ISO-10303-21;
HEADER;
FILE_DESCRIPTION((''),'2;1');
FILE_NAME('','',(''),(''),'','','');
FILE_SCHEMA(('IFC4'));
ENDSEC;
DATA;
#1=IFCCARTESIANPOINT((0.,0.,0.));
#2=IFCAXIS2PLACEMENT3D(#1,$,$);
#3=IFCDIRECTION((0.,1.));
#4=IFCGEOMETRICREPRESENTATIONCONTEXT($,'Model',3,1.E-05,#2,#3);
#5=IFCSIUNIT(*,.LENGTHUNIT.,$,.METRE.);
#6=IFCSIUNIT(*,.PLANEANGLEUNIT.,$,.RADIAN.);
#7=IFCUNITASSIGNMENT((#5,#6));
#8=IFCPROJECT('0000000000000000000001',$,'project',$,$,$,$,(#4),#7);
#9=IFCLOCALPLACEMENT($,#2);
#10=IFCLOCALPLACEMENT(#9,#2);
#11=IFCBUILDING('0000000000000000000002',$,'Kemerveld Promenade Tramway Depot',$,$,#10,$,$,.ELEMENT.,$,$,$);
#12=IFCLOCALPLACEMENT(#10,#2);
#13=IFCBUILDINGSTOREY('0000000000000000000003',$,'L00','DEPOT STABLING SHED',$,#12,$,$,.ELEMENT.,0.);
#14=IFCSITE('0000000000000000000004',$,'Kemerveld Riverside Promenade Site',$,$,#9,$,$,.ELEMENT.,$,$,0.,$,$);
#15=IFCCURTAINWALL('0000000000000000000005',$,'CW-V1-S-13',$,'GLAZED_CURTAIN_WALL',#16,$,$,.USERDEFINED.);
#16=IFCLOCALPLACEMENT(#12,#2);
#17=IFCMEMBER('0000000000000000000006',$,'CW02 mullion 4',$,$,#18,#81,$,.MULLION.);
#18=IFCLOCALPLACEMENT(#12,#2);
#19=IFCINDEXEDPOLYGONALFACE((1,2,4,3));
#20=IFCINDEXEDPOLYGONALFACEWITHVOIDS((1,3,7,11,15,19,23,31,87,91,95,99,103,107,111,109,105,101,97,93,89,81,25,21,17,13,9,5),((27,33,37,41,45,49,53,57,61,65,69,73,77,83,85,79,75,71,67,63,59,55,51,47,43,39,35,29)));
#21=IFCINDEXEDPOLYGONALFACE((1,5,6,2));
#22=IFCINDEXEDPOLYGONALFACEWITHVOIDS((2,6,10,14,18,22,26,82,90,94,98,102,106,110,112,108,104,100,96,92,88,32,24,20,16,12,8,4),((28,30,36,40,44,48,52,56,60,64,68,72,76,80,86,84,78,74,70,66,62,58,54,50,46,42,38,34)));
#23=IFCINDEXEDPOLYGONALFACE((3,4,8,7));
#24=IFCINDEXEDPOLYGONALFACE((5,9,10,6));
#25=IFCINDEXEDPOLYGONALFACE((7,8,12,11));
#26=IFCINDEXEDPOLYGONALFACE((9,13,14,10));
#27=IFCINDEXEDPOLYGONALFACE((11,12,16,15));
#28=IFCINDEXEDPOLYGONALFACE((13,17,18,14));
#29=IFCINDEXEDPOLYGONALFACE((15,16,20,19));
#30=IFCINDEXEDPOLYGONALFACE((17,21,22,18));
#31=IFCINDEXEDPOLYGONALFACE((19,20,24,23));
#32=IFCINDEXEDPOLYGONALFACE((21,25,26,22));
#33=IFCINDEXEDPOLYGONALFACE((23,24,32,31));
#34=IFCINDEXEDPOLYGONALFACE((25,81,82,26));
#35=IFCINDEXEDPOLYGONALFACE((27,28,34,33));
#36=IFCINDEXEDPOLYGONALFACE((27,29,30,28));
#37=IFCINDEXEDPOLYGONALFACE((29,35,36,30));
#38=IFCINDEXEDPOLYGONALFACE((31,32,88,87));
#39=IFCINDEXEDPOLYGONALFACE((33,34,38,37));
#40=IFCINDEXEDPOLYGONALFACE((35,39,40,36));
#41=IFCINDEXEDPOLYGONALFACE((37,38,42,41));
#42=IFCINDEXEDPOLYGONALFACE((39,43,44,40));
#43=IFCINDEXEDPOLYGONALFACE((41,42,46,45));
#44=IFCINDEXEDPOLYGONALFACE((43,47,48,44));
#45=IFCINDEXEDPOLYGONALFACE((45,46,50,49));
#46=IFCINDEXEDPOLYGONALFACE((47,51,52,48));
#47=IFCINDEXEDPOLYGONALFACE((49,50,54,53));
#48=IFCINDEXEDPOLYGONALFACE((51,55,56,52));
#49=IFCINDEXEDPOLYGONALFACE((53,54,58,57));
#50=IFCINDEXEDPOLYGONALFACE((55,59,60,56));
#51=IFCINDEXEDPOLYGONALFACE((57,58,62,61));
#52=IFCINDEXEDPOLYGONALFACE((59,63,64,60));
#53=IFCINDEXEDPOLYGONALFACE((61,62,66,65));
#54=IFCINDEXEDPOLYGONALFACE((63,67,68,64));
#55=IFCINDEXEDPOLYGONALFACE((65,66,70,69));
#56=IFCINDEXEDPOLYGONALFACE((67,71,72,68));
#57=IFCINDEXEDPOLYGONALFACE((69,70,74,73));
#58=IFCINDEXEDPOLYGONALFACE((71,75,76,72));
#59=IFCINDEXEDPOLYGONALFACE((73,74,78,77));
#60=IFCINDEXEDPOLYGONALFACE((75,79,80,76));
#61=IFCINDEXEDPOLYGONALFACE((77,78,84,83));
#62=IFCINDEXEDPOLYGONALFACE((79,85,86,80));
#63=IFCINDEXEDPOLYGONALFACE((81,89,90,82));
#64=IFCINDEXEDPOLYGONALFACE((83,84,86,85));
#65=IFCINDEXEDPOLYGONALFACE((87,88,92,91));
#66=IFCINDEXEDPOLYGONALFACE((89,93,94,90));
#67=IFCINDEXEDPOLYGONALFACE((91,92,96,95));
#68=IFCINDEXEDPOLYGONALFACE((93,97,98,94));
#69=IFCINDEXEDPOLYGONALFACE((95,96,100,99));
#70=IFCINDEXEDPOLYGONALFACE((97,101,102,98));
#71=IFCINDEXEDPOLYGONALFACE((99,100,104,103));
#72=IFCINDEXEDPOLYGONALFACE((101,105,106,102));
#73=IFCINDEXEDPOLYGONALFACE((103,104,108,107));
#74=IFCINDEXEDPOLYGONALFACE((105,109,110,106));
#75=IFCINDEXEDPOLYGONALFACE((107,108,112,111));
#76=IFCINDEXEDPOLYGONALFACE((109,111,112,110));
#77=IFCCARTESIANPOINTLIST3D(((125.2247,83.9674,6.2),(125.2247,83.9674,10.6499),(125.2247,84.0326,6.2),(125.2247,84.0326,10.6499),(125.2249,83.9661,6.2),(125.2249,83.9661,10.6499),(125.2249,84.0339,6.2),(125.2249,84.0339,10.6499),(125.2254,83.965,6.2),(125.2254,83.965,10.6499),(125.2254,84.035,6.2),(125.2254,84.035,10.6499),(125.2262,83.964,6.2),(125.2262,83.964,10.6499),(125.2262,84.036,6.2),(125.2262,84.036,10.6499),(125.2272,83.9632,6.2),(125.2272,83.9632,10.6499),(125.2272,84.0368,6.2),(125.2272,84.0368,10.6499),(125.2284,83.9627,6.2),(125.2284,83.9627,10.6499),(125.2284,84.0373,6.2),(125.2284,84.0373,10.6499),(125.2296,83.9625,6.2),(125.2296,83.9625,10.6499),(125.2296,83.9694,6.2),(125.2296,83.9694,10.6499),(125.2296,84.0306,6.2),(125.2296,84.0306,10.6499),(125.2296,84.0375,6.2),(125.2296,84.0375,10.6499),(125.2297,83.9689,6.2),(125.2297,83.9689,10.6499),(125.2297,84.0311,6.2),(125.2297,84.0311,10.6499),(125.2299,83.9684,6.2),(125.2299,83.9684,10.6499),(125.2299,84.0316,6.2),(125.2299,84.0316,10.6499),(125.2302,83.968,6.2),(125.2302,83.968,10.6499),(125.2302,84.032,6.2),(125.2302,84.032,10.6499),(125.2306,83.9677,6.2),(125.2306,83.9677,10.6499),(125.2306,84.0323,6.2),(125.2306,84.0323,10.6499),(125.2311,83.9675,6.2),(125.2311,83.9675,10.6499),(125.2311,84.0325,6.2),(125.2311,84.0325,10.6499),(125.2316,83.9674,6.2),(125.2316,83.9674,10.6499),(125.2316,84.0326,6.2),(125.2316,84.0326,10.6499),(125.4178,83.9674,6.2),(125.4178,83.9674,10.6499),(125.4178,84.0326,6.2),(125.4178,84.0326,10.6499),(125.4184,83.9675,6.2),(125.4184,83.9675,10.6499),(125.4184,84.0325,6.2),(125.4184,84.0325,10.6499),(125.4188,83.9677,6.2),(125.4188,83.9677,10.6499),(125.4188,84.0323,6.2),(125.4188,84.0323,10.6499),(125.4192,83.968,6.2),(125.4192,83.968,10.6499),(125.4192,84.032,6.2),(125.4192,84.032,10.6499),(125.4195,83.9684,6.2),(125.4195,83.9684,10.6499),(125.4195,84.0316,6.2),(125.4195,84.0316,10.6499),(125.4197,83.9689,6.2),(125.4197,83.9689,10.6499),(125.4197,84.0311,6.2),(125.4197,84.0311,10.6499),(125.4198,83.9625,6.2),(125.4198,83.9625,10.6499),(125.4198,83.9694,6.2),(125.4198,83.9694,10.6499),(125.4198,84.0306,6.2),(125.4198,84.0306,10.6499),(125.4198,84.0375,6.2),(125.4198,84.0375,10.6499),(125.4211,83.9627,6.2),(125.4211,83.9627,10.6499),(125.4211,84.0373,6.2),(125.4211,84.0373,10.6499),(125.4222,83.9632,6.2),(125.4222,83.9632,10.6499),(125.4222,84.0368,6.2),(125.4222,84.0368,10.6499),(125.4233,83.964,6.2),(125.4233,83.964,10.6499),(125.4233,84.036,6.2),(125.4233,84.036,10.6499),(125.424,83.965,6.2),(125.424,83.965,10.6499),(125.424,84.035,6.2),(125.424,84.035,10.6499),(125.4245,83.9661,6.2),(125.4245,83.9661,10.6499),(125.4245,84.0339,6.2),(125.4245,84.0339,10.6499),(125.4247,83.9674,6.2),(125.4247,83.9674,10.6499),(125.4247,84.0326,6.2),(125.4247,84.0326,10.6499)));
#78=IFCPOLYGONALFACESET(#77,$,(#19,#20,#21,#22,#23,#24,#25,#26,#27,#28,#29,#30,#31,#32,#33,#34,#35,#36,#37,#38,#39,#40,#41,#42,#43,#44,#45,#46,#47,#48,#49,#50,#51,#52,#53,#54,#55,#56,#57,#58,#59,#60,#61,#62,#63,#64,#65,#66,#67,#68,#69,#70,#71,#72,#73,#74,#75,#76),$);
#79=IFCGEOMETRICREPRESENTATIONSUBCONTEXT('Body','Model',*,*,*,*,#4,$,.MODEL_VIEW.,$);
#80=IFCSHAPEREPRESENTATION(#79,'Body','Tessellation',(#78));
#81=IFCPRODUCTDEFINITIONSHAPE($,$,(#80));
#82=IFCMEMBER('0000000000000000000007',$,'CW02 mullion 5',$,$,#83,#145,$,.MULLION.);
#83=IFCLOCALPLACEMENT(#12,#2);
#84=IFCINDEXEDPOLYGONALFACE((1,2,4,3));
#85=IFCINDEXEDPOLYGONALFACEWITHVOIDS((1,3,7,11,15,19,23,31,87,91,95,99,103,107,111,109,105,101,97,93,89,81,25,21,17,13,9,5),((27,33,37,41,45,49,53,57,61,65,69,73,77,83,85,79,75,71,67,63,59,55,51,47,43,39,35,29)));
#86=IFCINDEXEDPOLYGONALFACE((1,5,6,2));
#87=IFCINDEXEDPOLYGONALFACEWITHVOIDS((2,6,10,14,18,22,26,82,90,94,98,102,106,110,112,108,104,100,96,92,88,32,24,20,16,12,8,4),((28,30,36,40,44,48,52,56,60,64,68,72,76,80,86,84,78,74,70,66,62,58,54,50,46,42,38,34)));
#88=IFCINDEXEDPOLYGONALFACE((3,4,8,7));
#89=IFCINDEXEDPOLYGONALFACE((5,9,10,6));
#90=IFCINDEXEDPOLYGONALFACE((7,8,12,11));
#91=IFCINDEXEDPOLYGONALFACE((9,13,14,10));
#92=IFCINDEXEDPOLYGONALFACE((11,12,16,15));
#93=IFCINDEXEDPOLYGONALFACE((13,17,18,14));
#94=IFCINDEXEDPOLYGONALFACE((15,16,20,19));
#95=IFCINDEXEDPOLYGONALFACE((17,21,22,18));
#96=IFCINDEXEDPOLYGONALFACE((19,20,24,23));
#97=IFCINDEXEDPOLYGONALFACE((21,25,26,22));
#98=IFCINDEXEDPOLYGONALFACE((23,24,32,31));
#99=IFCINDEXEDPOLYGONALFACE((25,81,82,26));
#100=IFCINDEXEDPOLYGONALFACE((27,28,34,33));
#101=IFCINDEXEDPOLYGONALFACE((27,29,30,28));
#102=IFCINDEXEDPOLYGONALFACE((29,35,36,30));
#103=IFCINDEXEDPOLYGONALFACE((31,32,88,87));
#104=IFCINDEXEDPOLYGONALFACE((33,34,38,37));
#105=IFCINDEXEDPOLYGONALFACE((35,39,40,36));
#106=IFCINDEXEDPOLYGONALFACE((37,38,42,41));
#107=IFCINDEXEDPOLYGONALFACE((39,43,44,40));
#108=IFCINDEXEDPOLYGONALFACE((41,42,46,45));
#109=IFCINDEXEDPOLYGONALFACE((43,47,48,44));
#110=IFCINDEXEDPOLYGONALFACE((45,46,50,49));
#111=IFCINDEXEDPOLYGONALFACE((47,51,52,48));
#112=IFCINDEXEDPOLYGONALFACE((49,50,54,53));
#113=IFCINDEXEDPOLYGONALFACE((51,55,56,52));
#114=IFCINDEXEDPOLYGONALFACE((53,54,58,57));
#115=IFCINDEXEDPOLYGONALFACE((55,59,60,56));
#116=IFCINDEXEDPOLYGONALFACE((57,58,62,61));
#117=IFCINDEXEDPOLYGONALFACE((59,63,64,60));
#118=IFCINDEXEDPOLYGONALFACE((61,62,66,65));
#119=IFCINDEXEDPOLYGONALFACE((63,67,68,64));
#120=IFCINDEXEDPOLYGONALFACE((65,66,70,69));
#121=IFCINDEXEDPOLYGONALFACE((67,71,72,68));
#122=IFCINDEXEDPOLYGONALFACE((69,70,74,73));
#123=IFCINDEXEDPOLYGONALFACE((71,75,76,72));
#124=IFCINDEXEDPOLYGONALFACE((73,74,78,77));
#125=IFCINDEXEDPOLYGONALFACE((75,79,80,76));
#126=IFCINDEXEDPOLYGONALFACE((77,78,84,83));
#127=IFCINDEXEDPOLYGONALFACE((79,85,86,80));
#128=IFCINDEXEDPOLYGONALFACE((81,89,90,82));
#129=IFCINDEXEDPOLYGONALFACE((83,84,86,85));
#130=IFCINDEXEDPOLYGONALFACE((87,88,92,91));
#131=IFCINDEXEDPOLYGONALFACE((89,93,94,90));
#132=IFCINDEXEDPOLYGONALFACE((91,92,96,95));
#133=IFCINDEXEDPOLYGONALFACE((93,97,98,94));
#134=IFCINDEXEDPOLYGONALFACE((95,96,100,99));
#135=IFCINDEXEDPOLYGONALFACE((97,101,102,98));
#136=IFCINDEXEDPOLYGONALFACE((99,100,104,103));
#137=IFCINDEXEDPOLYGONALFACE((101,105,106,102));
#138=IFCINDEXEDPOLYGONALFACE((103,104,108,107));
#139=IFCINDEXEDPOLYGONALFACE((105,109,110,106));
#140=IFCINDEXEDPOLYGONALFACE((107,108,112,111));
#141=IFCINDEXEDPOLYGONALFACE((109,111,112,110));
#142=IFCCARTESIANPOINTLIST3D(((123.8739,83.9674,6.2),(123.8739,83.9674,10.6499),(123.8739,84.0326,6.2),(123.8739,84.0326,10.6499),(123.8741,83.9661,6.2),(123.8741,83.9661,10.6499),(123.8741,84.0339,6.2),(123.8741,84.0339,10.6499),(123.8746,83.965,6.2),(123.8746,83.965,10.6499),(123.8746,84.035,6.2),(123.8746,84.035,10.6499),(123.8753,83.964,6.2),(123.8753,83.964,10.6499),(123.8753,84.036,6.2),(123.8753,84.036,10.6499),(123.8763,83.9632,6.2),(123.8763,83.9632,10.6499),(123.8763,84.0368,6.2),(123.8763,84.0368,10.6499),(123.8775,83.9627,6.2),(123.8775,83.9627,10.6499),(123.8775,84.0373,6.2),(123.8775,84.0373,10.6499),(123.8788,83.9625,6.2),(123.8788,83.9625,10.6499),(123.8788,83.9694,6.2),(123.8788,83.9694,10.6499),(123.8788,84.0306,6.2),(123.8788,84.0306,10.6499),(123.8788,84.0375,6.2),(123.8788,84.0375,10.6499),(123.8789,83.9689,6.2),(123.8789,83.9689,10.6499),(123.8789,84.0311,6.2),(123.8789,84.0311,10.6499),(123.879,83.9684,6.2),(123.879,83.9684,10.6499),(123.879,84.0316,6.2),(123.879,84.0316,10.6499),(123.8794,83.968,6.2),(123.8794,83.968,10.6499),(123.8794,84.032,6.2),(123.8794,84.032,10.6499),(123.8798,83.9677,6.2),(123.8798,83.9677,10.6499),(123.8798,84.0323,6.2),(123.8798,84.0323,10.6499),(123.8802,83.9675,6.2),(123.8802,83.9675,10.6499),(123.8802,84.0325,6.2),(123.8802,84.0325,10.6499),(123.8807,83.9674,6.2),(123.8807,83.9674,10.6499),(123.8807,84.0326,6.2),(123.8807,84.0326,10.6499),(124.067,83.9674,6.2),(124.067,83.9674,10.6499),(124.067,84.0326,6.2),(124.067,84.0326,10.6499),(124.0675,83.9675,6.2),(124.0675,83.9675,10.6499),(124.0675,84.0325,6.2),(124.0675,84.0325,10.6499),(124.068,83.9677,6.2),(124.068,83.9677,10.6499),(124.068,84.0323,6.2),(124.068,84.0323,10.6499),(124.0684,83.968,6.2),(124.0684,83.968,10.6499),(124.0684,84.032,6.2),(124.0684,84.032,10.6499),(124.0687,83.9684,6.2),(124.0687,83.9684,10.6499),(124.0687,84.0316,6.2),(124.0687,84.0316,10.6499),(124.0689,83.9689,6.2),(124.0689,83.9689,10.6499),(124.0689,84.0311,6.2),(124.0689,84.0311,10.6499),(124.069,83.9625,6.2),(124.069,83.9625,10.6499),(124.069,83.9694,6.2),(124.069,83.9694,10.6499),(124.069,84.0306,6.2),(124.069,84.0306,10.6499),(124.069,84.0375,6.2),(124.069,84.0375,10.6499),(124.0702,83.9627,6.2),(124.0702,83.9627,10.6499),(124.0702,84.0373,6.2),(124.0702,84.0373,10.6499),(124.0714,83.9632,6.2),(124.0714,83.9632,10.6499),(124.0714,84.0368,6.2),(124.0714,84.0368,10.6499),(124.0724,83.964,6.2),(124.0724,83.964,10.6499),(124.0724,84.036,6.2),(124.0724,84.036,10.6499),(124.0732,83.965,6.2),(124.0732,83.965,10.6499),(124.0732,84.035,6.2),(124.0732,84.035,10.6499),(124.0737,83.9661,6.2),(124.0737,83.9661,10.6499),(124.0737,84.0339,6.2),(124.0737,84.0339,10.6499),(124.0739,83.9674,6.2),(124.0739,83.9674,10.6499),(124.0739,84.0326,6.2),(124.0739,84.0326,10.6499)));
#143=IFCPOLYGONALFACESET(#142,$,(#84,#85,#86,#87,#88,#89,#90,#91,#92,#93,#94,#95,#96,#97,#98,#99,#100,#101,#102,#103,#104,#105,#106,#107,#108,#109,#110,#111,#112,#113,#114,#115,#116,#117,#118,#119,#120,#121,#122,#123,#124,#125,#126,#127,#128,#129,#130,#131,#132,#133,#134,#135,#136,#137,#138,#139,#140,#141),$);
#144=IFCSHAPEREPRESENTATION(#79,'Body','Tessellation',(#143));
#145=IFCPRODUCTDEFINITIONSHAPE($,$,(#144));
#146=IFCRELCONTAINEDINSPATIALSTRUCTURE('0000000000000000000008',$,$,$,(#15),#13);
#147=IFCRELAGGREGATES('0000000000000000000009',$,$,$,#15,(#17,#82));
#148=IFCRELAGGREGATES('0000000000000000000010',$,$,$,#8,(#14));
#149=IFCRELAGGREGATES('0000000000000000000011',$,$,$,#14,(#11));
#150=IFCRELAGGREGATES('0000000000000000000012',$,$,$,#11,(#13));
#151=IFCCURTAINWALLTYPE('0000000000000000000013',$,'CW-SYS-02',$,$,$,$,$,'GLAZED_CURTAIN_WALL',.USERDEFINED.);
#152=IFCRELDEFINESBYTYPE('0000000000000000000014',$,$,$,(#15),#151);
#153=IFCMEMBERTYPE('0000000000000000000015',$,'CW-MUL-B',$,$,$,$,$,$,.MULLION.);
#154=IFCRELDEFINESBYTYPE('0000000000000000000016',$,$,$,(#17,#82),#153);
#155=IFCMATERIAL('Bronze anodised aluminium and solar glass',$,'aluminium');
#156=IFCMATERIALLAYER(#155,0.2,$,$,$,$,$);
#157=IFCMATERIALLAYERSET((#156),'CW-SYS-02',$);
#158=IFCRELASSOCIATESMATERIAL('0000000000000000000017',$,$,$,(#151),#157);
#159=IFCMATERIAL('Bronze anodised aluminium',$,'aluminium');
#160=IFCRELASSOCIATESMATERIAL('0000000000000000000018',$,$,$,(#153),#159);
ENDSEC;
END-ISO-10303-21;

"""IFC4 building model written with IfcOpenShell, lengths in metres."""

from ifc_helpers import new_model, si_unit, direction, frame, origin, origin_2d, place, context, subcontext, project, spatial, hollow_rectangle, extrude, material, layer, layer_set, material_profile, profile_set, type_object, element, aggregate, save


model = new_model("IFC4")

# Units and contexts
model_context = context("Model", 3, precision=1e-05, world=origin(), true_north=direction((0.0, 1.0)))
body_context = subcontext(model_context, "Body", "Model", "MODEL_VIEW")
ifc_project = project(units=[si_unit("LENGTHUNIT", "METRE"), si_unit("PLANEANGLEUNIT", "RADIAN")], contexts=[model_context])

# Site, building, storey
site_placement = place(None, origin())
site = spatial("IfcSite", under=ifc_project, at=site_placement, Name="Kemerveld Riverside Promenade Site", CompositionType="ELEMENT", RefElevation=0.0)
building_placement = place(site_placement, origin())
building = spatial("IfcBuilding", under=site, at=building_placement, Name="Kemerveld Promenade Tramway Depot", CompositionType="ELEMENT")
storey_placement = place(building_placement, origin())
storey = spatial("IfcBuildingStorey", under=building, at=storey_placement, Name="L00", Description="DEPOT STABLING SHED", CompositionType="ELEMENT", Elevation=0.0)

# Shared definitions
ifc_material_1 = material(Name="Bronze anodised aluminium and solar glass", Category="aluminium")
ifc_material_2 = material(Name="Bronze anodised aluminium", Category="aluminium")

# Curtain wall, members
ifc_layer_1 = layer(ifc_material_1, 0.2)
ifc_layer_set_1 = layer_set([ifc_layer_1], Name="CW-SYS-02")
curtain_wall_type_1 = type_object("IfcCurtainWallType", Name="CW-SYS-02", ElementType="GLAZED_CURTAIN_WALL", PredefinedType="USERDEFINED", material=ifc_layer_set_1)
curtain_wall_1_placement = place(storey_placement, origin())
curtain_wall_1 = element("IfcCurtainWall", 1, at=curtain_wall_1_placement, inside=storey, type_object=curtain_wall_type_1, Name="CW-V1-S-13", ObjectType="GLAZED_CURTAIN_WALL", PredefinedType="USERDEFINED")
ifc_material_profile_1 = material_profile(ifc_material_2, hollow_rectangle(XDim=0.075, YDim=0.2, WallThickness=0.0049, InnerFilletRadius=0.002, OuterFilletRadius=0.0049, at=origin_2d()), Name="CW-MUL-200x75")
ifc_profile_set_1 = profile_set([ifc_material_profile_1], Name="Bronze anodised aluminium")
member_type_1 = type_object("IfcMemberType", Name="CW-MUL-B", PredefinedType="MULLION", material=ifc_profile_set_1)
member_1_placement = place(storey_placement, frame((125.3247, 84.0, 6.2), z_axis=(0.0, 0.0, 1.0), x_axis=(0.0, -1.0, 0.0)))
member_1 = element("IfcMember", 2, at=member_1_placement, type_object=member_type_1, Name="CW02 mullion 4", PredefinedType="MULLION", context=body_context, shape_type="SweptSolid", body=[
    extrude(hollow_rectangle(XDim=0.075, YDim=0.2, WallThickness=0.0049, InnerFilletRadius=0.002, OuterFilletRadius=0.0049, at=origin_2d()), origin(), (0.0, 0.0, 1.0), 4.45),
])
member_2_placement = place(storey_placement, frame((123.9739, 84.0, 6.2), z_axis=(0.0, 0.0, 1.0), x_axis=(0.0, -1.0, 0.0)))
member_2 = element("IfcMember", 3, at=member_2_placement, type_object=member_type_1, Name="CW02 mullion 5", PredefinedType="MULLION", context=body_context, shape_type="SweptSolid", body=[
    extrude(hollow_rectangle(XDim=0.075, YDim=0.2, WallThickness=0.0049, InnerFilletRadius=0.002, OuterFilletRadius=0.0049, at=origin_2d()), origin(), (0.0, 0.0, 1.0), 4.45),
])

aggregate(curtain_wall_1, [member_1, member_2])

save(model, "model.ifc")
